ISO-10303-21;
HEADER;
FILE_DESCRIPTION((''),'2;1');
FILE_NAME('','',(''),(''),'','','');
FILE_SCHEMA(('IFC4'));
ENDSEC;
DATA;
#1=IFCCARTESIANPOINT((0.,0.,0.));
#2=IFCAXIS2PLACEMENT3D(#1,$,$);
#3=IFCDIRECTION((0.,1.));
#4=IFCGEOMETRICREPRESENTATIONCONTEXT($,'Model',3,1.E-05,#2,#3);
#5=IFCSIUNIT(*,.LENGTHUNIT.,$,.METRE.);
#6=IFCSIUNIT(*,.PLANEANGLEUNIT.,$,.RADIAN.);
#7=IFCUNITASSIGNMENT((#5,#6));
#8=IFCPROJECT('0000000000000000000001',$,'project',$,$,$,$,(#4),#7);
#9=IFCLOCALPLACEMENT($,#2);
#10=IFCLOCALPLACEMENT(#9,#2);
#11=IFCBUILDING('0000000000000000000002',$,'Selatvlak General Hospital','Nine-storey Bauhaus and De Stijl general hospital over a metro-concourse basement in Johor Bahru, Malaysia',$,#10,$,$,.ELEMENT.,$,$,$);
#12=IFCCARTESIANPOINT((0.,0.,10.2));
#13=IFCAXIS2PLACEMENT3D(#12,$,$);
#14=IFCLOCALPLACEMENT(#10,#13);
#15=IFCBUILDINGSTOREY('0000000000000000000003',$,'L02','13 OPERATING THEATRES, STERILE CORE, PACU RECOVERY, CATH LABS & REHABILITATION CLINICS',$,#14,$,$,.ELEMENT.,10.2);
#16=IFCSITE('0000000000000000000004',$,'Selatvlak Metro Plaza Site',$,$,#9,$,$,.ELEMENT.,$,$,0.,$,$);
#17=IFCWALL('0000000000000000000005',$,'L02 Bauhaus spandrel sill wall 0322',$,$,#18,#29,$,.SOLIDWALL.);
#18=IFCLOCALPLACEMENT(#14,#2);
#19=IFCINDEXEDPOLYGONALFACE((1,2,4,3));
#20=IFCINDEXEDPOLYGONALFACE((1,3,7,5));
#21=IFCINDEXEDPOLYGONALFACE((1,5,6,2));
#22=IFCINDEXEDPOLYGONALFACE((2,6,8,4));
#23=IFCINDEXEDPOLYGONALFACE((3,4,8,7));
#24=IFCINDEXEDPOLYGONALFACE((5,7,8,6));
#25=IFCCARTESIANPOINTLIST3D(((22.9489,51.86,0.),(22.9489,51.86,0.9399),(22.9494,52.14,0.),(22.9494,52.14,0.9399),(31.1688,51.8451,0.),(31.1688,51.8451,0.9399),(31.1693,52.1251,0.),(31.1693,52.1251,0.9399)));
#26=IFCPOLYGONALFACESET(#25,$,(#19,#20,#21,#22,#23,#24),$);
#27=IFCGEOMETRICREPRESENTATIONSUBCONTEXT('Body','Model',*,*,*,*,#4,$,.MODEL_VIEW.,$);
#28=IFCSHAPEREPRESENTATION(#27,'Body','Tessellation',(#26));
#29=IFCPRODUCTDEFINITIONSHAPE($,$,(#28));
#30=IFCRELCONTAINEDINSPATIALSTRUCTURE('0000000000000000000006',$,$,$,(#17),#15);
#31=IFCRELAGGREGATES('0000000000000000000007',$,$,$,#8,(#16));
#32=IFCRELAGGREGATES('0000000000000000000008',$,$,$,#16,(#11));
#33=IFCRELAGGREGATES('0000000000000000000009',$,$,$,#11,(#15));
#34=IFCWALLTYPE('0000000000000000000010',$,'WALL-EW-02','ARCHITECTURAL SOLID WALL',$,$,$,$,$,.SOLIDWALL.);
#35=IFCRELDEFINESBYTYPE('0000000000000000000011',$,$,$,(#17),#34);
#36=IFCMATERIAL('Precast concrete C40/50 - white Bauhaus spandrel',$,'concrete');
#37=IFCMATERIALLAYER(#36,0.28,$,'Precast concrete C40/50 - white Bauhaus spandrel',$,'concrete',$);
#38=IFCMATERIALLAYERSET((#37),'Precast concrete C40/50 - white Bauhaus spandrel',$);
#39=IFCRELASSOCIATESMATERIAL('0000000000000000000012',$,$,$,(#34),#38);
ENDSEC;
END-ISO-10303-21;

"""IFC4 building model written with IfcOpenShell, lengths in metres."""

from ifc_helpers import new_model, si_unit, direction, frame, frame_2d, origin, place, context, subcontext, project, spatial, rectangle, extrude, material, layer, layer_set, type_object, element, save


model = new_model("IFC4")

# Units and contexts
model_context = context("Model", 3, precision=1e-05, world=origin(), true_north=direction((0.0, 1.0)))
body_context = subcontext(model_context, "Body", "Model", "MODEL_VIEW")
ifc_project = project(units=[si_unit("LENGTHUNIT", "METRE"), si_unit("PLANEANGLEUNIT", "RADIAN")], contexts=[model_context])

# Site, building, storey
site_placement = place(None, origin())
site = spatial("IfcSite", under=ifc_project, at=site_placement, Name="Selatvlak Metro Plaza Site", CompositionType="ELEMENT", RefElevation=0.0)
building_placement = place(site_placement, origin())
building = spatial("IfcBuilding", under=site, at=building_placement, Name="Selatvlak General Hospital", Description="Nine-storey Bauhaus and De Stijl general hospital over a metro-concourse basement in Johor Bahru, Malaysia", CompositionType="ELEMENT")
storey_placement = place(building_placement, frame((0.0, 0.0, 10.2)))
storey = spatial("IfcBuildingStorey", under=building, at=storey_placement, Name="L02", Description="13 OPERATING THEATRES, STERILE CORE, PACU RECOVERY, CATH LABS & REHABILITATION CLINICS", CompositionType="ELEMENT", Elevation=10.2)

# Wall
ifc_material_1 = material(Name="Precast concrete C40/50 - white Bauhaus spandrel", Category="concrete")
ifc_layer_1 = layer(ifc_material_1, 0.28, Name="Precast concrete C40/50 - white Bauhaus spandrel", Category="concrete")
ifc_layer_set_1 = layer_set([ifc_layer_1], Name="Precast concrete C40/50 - white Bauhaus spandrel")
wall_type = type_object("IfcWallType", Name="WALL-EW-02", Description="ARCHITECTURAL SOLID WALL", PredefinedType="SOLIDWALL", material=ifc_layer_set_1)
wall_placement = place(storey_placement, frame((31.1689, 51.9851, 0.0), z_axis=(0.0, 0.0, 1.0), x_axis=(-0.999998, 0.001812, 0.0)))
element("IfcWall", 1, at=wall_placement, inside=storey, type_object=wall_type, Name="L02 Bauhaus spandrel sill wall 0322", PredefinedType="SOLIDWALL", context=body_context, shape_type="SweptSolid", body=[
    extrude(rectangle(XDim=8.22, YDim=0.28, at=frame_2d((4.1099, 0.0))), origin(), (0.0, 0.0, 1.0), 0.9399),
])

save(model, "model.ifc")
